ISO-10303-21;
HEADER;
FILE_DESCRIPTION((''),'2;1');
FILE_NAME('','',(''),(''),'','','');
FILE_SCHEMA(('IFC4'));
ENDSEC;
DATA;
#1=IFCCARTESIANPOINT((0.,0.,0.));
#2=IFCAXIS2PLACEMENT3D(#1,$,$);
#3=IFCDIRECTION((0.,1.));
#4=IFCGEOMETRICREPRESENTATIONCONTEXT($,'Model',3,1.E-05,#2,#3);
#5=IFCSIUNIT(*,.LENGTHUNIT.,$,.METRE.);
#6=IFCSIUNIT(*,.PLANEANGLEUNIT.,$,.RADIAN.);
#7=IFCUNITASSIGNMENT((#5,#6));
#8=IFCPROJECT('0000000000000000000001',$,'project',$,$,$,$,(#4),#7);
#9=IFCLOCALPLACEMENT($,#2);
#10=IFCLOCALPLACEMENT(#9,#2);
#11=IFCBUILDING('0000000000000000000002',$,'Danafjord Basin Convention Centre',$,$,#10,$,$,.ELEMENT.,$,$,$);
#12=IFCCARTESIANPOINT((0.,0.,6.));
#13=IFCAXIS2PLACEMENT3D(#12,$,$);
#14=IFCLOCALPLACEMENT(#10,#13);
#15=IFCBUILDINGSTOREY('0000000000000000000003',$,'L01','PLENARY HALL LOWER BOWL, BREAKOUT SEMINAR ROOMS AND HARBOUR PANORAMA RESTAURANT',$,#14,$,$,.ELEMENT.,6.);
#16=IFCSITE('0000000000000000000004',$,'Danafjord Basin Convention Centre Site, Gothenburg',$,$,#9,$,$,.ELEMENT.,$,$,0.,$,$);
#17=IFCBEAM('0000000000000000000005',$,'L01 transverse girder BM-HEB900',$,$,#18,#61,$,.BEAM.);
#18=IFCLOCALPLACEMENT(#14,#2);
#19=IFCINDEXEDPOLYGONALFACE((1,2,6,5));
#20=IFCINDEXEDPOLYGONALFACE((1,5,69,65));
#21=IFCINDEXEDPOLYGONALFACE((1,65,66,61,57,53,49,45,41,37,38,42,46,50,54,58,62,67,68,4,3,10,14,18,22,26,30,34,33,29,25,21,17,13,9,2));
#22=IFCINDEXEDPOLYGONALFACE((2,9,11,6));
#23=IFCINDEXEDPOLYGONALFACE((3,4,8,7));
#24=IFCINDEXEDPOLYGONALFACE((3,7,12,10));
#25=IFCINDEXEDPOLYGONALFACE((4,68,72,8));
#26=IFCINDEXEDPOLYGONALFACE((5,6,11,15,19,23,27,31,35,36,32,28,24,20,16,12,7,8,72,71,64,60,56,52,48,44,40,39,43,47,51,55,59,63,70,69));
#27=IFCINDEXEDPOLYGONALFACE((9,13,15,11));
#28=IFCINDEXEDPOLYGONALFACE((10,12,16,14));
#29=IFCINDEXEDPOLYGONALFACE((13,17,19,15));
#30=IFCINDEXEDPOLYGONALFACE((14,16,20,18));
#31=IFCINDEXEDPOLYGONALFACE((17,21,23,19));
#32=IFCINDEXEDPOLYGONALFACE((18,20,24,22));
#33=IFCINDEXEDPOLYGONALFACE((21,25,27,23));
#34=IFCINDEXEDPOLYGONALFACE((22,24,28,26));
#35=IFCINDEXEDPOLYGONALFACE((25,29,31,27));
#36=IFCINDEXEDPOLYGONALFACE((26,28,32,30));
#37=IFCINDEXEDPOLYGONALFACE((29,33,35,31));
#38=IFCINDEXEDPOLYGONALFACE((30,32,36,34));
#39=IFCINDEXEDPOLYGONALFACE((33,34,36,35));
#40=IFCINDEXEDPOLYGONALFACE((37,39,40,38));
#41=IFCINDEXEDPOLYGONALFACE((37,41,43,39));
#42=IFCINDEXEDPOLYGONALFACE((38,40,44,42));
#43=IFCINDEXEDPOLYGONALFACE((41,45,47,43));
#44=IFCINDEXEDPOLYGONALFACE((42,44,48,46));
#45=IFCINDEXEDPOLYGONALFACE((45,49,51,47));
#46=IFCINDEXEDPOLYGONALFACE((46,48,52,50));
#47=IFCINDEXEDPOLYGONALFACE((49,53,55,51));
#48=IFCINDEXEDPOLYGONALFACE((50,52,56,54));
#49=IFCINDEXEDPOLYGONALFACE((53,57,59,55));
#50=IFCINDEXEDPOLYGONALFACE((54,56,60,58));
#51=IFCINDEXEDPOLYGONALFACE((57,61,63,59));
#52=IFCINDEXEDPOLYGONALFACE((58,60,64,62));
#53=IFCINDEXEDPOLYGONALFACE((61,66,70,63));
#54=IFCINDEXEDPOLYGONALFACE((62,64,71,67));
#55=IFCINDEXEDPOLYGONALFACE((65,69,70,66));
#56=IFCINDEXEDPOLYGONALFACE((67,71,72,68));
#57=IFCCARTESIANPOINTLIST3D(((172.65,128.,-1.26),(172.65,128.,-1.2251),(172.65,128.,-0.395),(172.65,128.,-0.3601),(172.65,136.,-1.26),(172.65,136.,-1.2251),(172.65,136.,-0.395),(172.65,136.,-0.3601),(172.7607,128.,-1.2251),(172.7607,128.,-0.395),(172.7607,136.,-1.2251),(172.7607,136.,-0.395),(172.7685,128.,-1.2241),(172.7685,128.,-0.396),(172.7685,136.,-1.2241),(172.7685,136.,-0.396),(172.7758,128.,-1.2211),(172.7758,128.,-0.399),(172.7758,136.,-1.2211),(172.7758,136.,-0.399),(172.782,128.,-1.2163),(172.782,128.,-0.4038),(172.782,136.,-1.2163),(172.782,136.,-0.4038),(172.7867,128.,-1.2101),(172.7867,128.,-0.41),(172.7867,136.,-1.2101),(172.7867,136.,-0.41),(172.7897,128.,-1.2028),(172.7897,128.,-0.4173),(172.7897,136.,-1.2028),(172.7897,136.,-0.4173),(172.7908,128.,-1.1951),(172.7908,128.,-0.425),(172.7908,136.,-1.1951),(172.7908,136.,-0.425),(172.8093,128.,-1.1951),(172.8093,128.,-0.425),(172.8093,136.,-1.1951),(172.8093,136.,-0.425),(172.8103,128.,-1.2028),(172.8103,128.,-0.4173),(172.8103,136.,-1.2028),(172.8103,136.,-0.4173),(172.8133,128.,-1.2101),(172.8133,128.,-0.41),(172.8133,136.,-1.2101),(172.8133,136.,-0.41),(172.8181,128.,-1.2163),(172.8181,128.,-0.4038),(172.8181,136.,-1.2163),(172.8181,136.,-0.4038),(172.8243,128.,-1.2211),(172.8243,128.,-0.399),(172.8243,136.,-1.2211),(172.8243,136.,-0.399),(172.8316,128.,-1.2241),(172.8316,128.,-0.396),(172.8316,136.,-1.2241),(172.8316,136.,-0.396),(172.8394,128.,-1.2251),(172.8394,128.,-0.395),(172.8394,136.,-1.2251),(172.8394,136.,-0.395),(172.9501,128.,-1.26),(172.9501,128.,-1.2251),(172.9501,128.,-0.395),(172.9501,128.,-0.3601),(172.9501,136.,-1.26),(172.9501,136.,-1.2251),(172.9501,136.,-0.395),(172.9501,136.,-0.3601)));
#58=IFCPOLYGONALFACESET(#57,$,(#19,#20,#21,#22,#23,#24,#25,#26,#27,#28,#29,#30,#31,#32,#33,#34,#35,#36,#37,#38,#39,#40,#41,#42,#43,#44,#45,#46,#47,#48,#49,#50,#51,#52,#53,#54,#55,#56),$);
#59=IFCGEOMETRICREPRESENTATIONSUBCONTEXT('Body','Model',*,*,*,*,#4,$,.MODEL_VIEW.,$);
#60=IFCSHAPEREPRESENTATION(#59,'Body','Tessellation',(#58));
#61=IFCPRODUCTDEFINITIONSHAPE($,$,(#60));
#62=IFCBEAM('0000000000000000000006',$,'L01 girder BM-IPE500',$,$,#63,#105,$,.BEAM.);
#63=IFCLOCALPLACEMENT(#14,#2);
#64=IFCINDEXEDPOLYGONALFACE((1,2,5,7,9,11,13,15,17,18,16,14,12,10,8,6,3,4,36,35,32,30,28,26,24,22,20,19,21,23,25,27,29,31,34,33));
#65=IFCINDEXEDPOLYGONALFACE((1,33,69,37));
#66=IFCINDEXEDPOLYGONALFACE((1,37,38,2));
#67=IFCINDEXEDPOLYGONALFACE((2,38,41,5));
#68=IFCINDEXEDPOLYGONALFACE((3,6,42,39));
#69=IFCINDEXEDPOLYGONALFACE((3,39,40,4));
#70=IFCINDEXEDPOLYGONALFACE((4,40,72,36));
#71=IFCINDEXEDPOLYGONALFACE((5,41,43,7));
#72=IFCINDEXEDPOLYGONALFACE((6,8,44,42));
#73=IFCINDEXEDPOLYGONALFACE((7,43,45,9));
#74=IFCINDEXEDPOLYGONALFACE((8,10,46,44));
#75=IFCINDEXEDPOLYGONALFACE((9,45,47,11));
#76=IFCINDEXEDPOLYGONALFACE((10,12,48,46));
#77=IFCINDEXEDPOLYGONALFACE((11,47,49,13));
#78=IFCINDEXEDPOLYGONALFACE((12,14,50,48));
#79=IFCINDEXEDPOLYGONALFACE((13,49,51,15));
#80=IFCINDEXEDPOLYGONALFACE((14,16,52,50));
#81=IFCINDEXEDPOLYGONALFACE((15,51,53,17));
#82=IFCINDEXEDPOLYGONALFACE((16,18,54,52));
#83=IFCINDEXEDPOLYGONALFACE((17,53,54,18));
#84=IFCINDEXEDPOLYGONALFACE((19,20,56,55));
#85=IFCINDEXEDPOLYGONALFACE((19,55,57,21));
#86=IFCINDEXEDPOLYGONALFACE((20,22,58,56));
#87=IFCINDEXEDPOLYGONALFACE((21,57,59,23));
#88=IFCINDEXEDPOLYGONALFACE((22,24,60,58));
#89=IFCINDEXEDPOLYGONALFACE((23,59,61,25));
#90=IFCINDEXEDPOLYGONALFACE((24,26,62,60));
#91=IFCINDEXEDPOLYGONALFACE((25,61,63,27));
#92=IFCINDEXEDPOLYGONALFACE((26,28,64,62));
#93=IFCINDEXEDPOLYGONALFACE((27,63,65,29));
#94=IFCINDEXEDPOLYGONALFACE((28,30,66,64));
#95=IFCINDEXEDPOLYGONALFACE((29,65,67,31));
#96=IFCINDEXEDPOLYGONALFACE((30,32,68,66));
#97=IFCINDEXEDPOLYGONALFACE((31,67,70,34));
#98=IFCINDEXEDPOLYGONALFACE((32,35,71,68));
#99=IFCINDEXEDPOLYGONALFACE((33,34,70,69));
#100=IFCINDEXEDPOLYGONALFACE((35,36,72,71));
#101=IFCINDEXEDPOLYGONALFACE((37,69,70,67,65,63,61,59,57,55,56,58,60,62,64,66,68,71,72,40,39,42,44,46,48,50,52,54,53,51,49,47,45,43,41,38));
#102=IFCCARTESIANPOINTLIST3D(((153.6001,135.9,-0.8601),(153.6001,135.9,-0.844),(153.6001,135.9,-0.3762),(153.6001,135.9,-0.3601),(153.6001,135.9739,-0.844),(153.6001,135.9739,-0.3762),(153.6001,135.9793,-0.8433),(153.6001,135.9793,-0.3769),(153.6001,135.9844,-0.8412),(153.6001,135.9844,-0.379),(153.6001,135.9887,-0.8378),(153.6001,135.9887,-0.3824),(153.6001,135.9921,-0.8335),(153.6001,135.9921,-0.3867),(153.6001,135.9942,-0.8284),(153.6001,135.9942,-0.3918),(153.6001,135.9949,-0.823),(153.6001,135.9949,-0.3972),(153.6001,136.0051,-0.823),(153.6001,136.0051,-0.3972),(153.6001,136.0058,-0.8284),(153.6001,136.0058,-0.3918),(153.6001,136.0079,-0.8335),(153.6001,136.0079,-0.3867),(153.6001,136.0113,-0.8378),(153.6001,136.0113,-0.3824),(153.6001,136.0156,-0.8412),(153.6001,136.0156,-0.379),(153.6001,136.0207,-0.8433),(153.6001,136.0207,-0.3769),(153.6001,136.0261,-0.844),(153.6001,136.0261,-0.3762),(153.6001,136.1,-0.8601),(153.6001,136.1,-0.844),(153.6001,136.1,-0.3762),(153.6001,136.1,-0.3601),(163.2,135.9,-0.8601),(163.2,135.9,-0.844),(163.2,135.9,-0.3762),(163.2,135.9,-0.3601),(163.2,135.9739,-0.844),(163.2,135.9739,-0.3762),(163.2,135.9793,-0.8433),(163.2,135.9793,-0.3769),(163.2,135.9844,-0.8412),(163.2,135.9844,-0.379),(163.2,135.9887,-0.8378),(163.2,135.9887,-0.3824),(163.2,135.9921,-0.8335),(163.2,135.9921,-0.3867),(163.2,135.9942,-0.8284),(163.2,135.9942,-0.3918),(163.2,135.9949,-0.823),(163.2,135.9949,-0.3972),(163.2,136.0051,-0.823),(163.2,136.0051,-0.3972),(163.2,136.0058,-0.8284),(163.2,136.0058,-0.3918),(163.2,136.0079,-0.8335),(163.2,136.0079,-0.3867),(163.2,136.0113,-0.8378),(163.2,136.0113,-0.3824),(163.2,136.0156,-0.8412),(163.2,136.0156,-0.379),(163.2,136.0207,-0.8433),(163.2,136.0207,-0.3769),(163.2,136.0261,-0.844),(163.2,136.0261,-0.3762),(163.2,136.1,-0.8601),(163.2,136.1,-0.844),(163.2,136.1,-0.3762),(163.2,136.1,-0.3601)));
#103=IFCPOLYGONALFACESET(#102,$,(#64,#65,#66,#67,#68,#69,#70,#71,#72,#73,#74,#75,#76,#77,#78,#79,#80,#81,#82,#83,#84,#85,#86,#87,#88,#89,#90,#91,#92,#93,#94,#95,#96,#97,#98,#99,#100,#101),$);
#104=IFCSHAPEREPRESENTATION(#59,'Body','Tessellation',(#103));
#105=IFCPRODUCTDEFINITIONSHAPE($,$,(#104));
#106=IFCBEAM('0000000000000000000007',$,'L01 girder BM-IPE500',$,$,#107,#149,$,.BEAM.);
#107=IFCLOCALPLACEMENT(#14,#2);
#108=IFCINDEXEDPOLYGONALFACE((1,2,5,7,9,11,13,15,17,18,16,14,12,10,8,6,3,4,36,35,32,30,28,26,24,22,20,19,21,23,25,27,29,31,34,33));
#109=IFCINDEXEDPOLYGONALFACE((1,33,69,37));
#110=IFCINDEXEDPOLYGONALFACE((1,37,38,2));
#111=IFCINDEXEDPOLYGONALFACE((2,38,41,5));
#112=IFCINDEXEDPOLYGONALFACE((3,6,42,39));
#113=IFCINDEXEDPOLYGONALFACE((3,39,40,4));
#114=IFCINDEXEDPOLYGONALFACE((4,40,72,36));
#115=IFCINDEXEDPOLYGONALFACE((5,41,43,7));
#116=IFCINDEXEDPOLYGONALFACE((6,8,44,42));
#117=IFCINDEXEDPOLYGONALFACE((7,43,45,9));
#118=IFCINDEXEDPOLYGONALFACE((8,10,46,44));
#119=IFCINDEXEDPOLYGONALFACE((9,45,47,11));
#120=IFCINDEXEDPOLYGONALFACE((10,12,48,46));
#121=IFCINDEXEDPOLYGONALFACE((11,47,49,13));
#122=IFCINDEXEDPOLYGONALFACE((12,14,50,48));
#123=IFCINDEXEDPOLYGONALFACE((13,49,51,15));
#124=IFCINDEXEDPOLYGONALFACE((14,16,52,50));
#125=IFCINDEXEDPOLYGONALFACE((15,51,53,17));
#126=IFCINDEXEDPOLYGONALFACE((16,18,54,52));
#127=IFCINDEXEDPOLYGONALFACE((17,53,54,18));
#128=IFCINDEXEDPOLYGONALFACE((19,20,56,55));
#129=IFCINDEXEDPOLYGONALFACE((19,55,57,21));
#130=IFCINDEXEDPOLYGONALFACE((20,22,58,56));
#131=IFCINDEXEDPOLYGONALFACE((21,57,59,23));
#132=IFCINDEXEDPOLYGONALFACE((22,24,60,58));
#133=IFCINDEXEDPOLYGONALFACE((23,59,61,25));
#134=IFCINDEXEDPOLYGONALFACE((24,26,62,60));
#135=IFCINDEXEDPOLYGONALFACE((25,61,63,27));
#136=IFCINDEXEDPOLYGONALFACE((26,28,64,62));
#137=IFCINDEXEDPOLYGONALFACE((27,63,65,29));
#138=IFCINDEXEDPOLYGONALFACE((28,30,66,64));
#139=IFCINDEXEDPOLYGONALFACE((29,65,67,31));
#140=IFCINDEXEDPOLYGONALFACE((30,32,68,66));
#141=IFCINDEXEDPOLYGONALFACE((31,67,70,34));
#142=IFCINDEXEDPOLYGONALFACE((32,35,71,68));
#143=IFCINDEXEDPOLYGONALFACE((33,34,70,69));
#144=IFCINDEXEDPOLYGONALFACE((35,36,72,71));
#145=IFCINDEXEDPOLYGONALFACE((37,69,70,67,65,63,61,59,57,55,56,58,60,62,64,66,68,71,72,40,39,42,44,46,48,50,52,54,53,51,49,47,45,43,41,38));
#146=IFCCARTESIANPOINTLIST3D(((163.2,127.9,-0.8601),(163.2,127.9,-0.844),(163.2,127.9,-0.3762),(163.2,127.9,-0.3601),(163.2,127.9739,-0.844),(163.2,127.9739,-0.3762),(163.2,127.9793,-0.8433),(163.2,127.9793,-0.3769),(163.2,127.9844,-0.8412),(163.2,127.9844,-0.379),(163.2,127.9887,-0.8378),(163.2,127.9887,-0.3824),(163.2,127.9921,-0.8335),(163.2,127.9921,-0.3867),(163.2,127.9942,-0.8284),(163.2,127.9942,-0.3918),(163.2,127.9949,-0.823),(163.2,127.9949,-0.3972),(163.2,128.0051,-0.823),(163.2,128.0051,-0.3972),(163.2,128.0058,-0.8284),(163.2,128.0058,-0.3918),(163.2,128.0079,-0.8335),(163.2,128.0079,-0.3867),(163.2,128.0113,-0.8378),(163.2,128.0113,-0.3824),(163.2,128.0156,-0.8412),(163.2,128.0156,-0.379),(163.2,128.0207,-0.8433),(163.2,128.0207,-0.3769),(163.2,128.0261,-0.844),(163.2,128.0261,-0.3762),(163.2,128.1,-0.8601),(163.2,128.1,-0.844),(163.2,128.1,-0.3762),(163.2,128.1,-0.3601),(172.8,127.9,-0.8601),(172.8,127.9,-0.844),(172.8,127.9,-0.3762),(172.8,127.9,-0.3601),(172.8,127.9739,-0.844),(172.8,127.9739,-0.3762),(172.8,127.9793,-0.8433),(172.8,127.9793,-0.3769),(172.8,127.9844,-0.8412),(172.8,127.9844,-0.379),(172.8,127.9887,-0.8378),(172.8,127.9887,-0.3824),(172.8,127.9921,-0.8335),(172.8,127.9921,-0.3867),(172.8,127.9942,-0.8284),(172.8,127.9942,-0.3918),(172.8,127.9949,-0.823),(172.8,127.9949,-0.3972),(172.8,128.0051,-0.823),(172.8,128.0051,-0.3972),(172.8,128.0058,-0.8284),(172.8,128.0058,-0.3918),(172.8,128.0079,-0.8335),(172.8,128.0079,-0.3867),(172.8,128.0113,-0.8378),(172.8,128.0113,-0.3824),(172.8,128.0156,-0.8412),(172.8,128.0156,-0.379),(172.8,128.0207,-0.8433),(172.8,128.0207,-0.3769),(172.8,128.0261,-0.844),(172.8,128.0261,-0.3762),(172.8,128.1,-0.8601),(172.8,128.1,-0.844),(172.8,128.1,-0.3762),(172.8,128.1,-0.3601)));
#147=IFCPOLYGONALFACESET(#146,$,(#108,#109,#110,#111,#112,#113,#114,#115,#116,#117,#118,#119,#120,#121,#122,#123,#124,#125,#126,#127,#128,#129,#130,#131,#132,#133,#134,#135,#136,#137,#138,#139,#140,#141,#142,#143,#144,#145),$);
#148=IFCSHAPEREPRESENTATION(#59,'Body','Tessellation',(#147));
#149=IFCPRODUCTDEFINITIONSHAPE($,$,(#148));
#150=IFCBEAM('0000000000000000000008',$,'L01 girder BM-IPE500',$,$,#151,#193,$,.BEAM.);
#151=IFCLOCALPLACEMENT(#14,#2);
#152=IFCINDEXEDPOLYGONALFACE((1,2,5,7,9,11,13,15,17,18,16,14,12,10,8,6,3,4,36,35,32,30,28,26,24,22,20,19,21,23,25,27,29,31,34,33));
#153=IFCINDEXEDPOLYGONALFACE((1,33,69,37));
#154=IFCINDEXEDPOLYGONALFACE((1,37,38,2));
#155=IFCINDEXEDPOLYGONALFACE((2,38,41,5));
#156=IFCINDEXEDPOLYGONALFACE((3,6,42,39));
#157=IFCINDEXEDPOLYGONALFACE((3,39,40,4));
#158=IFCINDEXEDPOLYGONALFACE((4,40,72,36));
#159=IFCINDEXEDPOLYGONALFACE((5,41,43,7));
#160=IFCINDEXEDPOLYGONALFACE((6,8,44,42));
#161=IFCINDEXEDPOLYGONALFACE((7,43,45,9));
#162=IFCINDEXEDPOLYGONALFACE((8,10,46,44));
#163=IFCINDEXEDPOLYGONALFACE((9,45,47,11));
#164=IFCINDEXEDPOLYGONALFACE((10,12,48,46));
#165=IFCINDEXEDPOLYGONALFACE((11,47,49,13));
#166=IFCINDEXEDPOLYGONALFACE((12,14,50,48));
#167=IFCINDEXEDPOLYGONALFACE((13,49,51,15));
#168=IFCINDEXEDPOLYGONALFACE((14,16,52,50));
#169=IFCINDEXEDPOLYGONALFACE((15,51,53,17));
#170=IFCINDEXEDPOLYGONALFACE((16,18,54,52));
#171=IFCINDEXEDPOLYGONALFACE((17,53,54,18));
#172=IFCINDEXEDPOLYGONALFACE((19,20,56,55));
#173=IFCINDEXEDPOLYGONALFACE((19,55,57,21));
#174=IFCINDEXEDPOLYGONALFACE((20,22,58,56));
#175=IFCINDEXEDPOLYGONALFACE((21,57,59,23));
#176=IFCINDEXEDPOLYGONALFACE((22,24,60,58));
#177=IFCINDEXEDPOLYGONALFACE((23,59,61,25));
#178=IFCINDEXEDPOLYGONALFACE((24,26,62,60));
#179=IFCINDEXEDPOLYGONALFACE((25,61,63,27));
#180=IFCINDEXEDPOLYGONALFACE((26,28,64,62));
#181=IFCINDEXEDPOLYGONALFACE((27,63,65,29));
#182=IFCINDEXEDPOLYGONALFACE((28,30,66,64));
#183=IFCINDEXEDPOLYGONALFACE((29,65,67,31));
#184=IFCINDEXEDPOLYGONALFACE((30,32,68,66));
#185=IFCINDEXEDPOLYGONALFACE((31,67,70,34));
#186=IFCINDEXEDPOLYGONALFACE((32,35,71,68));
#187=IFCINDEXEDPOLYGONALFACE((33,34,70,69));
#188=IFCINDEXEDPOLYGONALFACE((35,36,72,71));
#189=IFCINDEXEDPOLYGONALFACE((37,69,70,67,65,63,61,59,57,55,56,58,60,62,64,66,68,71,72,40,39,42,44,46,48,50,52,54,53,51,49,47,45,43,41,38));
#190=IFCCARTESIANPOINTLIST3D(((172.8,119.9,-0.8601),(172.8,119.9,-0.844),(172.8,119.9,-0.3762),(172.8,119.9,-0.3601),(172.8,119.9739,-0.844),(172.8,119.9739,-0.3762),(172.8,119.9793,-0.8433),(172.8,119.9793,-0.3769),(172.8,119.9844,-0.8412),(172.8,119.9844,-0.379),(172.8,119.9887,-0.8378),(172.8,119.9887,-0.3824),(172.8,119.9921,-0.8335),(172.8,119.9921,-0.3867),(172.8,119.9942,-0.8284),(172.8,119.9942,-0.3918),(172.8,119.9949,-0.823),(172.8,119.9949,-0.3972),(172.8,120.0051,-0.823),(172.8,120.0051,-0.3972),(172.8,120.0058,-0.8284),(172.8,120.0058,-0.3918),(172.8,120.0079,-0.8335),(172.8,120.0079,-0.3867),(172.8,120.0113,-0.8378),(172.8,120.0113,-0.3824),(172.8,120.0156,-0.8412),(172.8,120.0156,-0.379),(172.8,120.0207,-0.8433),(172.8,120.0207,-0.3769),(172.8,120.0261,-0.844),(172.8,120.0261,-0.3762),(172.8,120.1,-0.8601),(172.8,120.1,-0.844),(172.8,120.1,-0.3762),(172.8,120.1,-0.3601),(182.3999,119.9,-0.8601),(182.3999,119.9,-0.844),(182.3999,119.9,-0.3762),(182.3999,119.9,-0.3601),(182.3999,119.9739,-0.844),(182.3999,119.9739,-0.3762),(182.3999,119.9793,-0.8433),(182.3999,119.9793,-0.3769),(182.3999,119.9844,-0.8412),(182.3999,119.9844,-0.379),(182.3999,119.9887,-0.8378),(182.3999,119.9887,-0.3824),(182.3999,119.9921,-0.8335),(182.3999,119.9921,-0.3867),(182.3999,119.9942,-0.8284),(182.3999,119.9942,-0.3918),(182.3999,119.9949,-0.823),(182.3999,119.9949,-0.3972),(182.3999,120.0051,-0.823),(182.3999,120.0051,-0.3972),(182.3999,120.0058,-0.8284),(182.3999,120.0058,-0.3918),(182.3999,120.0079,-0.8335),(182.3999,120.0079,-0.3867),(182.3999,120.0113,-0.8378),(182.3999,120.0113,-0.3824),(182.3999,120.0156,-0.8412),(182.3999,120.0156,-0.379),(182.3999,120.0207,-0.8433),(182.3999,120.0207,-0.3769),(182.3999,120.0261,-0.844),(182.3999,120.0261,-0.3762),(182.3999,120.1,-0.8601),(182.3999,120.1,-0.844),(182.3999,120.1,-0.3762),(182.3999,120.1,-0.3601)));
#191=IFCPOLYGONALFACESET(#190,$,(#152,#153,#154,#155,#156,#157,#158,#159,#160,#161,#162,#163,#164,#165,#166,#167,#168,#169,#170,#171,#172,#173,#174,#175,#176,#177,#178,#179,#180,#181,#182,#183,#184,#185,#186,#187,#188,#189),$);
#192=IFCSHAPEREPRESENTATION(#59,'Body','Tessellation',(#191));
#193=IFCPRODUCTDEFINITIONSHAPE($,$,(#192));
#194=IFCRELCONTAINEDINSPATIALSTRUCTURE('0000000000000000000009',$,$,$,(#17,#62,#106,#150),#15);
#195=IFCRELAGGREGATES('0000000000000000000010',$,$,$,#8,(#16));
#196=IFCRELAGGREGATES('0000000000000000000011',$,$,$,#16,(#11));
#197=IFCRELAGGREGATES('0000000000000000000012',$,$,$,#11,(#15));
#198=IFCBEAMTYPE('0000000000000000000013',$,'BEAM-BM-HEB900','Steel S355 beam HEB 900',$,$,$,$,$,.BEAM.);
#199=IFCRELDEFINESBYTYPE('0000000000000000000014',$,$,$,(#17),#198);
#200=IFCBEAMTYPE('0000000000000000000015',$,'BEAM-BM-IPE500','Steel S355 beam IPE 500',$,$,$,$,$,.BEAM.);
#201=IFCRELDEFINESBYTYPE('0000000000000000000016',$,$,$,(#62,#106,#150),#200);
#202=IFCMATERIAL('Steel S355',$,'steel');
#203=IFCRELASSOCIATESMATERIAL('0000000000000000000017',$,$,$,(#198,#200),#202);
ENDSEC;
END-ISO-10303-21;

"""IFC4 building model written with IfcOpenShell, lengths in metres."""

from ifc_helpers import new_model, si_unit, direction, frame, origin, origin_2d, place, context, subcontext, project, spatial, i_section, extrude, material, material_profile, profile_set, type_object, element, save


model = new_model("IFC4")

# Units and contexts
model_context = context("Model", 3, precision=1e-05, world=origin(), true_north=direction((0.0, 1.0)))
body_context = subcontext(model_context, "Body", "Model", "MODEL_VIEW")
ifc_project = project(units=[si_unit("LENGTHUNIT", "METRE"), si_unit("PLANEANGLEUNIT", "RADIAN")], contexts=[model_context])

# Site, building, storey
site_placement = place(None, origin())
site = spatial("IfcSite", under=ifc_project, at=site_placement, Name="Danafjord Basin Convention Centre Site, Gothenburg", CompositionType="ELEMENT", RefElevation=0.0)
building_placement = place(site_placement, origin())
building = spatial("IfcBuilding", under=site, at=building_placement, Name="Danafjord Basin Convention Centre", CompositionType="ELEMENT")
storey_placement = place(building_placement, frame((0.0, 0.0, 6.0)))
storey = spatial("IfcBuildingStorey", under=building, at=storey_placement, Name="L01", Description="PLENARY HALL LOWER BOWL, BREAKOUT SEMINAR ROOMS AND HARBOUR PANORAMA RESTAURANT", CompositionType="ELEMENT", Elevation=6.0)

# Shared definitions
ifc_material_1 = material(Name="Steel S355", Category="steel")

# Beams
ifc_material_profile_1 = material_profile(ifc_material_1, i_section(OverallWidth=0.3, OverallDepth=0.8999, WebThickness=0.0186, FlangeThickness=0.0349, FilletRadius=0.03, at=origin_2d()), Name="HEB 900")
ifc_profile_set_1 = profile_set([ifc_material_profile_1], Name="Steel S355")
beam_type_1 = type_object("IfcBeamType", Name="BEAM-BM-HEB900", Description="Steel S355 beam HEB 900", PredefinedType="BEAM", material=ifc_profile_set_1)
for number, where, z_axis, x_axis, name in (
    (1, (172.8, 128.0, -0.8101), (0.0, 1.0, 0.0), (-1.0, 0.0, 0.0), "L01 transverse girder BM-HEB900"),
):
    element("IfcBeam", number, at=place(storey_placement, frame(where, z_axis=z_axis, x_axis=x_axis)), inside=storey, type_object=beam_type_1, Name=name, PredefinedType="BEAM", context=body_context, shape_type="SweptSolid", body=[
        extrude(i_section(OverallWidth=0.3, OverallDepth=0.8999, WebThickness=0.0186, FlangeThickness=0.0349, FilletRadius=0.03, at=origin_2d()), origin(), (0.0, 0.0, 1.0), 8.0),
    ])
ifc_material_profile_2 = material_profile(ifc_material_1, i_section(OverallWidth=0.2, OverallDepth=0.5, WebThickness=0.0103, FlangeThickness=0.0161, FilletRadius=0.021, at=origin_2d()), Name="IPE 500")
ifc_profile_set_2 = profile_set([ifc_material_profile_2], Name="Steel S355")
beam_type_2 = type_object("IfcBeamType", Name="BEAM-BM-IPE500", Description="Steel S355 beam IPE 500", PredefinedType="BEAM", material=ifc_profile_set_2)
beam_1_placement = place(storey_placement, frame((153.6001, 136.0, -0.6101), z_axis=(1.0, 0.0, 0.0), x_axis=(0.0, 1.0, 0.0)))
element("IfcBeam", 2, at=beam_1_placement, inside=storey, type_object=beam_type_2, Name="L01 girder BM-IPE500", PredefinedType="BEAM", context=body_context, shape_type="SweptSolid", body=[
    extrude(i_section(OverallWidth=0.2, OverallDepth=0.5, WebThickness=0.0103, FlangeThickness=0.0161, FilletRadius=0.021, at=origin_2d()), origin(), (0.0, 0.0, 1.0), 9.5999),
])
beam_2_placement = place(storey_placement, frame((163.2, 128.0, -0.6101), z_axis=(1.0, 0.0, 0.0), x_axis=(0.0, 1.0, 0.0)))
element("IfcBeam", 3, at=beam_2_placement, inside=storey, type_object=beam_type_2, Name="L01 girder BM-IPE500", PredefinedType="BEAM", context=body_context, shape_type="SweptSolid", body=[
    extrude(i_section(OverallWidth=0.2, OverallDepth=0.5, WebThickness=0.0103, FlangeThickness=0.0161, FilletRadius=0.021, at=origin_2d()), origin(), (0.0, 0.0, 1.0), 9.6001),
])
beam_3_placement = place(storey_placement, frame((172.8, 120.0, -0.6101), z_axis=(1.0, 0.0, 0.0), x_axis=(0.0, 1.0, 0.0)))
element("IfcBeam", 4, at=beam_3_placement, inside=storey, type_object=beam_type_2, Name="L01 girder BM-IPE500", PredefinedType="BEAM", context=body_context, shape_type="SweptSolid", body=[
    extrude(i_section(OverallWidth=0.2, OverallDepth=0.5, WebThickness=0.0103, FlangeThickness=0.0161, FilletRadius=0.021, at=origin_2d()), origin(), (0.0, 0.0, 1.0), 9.5999),
])

save(model, "model.ifc")
